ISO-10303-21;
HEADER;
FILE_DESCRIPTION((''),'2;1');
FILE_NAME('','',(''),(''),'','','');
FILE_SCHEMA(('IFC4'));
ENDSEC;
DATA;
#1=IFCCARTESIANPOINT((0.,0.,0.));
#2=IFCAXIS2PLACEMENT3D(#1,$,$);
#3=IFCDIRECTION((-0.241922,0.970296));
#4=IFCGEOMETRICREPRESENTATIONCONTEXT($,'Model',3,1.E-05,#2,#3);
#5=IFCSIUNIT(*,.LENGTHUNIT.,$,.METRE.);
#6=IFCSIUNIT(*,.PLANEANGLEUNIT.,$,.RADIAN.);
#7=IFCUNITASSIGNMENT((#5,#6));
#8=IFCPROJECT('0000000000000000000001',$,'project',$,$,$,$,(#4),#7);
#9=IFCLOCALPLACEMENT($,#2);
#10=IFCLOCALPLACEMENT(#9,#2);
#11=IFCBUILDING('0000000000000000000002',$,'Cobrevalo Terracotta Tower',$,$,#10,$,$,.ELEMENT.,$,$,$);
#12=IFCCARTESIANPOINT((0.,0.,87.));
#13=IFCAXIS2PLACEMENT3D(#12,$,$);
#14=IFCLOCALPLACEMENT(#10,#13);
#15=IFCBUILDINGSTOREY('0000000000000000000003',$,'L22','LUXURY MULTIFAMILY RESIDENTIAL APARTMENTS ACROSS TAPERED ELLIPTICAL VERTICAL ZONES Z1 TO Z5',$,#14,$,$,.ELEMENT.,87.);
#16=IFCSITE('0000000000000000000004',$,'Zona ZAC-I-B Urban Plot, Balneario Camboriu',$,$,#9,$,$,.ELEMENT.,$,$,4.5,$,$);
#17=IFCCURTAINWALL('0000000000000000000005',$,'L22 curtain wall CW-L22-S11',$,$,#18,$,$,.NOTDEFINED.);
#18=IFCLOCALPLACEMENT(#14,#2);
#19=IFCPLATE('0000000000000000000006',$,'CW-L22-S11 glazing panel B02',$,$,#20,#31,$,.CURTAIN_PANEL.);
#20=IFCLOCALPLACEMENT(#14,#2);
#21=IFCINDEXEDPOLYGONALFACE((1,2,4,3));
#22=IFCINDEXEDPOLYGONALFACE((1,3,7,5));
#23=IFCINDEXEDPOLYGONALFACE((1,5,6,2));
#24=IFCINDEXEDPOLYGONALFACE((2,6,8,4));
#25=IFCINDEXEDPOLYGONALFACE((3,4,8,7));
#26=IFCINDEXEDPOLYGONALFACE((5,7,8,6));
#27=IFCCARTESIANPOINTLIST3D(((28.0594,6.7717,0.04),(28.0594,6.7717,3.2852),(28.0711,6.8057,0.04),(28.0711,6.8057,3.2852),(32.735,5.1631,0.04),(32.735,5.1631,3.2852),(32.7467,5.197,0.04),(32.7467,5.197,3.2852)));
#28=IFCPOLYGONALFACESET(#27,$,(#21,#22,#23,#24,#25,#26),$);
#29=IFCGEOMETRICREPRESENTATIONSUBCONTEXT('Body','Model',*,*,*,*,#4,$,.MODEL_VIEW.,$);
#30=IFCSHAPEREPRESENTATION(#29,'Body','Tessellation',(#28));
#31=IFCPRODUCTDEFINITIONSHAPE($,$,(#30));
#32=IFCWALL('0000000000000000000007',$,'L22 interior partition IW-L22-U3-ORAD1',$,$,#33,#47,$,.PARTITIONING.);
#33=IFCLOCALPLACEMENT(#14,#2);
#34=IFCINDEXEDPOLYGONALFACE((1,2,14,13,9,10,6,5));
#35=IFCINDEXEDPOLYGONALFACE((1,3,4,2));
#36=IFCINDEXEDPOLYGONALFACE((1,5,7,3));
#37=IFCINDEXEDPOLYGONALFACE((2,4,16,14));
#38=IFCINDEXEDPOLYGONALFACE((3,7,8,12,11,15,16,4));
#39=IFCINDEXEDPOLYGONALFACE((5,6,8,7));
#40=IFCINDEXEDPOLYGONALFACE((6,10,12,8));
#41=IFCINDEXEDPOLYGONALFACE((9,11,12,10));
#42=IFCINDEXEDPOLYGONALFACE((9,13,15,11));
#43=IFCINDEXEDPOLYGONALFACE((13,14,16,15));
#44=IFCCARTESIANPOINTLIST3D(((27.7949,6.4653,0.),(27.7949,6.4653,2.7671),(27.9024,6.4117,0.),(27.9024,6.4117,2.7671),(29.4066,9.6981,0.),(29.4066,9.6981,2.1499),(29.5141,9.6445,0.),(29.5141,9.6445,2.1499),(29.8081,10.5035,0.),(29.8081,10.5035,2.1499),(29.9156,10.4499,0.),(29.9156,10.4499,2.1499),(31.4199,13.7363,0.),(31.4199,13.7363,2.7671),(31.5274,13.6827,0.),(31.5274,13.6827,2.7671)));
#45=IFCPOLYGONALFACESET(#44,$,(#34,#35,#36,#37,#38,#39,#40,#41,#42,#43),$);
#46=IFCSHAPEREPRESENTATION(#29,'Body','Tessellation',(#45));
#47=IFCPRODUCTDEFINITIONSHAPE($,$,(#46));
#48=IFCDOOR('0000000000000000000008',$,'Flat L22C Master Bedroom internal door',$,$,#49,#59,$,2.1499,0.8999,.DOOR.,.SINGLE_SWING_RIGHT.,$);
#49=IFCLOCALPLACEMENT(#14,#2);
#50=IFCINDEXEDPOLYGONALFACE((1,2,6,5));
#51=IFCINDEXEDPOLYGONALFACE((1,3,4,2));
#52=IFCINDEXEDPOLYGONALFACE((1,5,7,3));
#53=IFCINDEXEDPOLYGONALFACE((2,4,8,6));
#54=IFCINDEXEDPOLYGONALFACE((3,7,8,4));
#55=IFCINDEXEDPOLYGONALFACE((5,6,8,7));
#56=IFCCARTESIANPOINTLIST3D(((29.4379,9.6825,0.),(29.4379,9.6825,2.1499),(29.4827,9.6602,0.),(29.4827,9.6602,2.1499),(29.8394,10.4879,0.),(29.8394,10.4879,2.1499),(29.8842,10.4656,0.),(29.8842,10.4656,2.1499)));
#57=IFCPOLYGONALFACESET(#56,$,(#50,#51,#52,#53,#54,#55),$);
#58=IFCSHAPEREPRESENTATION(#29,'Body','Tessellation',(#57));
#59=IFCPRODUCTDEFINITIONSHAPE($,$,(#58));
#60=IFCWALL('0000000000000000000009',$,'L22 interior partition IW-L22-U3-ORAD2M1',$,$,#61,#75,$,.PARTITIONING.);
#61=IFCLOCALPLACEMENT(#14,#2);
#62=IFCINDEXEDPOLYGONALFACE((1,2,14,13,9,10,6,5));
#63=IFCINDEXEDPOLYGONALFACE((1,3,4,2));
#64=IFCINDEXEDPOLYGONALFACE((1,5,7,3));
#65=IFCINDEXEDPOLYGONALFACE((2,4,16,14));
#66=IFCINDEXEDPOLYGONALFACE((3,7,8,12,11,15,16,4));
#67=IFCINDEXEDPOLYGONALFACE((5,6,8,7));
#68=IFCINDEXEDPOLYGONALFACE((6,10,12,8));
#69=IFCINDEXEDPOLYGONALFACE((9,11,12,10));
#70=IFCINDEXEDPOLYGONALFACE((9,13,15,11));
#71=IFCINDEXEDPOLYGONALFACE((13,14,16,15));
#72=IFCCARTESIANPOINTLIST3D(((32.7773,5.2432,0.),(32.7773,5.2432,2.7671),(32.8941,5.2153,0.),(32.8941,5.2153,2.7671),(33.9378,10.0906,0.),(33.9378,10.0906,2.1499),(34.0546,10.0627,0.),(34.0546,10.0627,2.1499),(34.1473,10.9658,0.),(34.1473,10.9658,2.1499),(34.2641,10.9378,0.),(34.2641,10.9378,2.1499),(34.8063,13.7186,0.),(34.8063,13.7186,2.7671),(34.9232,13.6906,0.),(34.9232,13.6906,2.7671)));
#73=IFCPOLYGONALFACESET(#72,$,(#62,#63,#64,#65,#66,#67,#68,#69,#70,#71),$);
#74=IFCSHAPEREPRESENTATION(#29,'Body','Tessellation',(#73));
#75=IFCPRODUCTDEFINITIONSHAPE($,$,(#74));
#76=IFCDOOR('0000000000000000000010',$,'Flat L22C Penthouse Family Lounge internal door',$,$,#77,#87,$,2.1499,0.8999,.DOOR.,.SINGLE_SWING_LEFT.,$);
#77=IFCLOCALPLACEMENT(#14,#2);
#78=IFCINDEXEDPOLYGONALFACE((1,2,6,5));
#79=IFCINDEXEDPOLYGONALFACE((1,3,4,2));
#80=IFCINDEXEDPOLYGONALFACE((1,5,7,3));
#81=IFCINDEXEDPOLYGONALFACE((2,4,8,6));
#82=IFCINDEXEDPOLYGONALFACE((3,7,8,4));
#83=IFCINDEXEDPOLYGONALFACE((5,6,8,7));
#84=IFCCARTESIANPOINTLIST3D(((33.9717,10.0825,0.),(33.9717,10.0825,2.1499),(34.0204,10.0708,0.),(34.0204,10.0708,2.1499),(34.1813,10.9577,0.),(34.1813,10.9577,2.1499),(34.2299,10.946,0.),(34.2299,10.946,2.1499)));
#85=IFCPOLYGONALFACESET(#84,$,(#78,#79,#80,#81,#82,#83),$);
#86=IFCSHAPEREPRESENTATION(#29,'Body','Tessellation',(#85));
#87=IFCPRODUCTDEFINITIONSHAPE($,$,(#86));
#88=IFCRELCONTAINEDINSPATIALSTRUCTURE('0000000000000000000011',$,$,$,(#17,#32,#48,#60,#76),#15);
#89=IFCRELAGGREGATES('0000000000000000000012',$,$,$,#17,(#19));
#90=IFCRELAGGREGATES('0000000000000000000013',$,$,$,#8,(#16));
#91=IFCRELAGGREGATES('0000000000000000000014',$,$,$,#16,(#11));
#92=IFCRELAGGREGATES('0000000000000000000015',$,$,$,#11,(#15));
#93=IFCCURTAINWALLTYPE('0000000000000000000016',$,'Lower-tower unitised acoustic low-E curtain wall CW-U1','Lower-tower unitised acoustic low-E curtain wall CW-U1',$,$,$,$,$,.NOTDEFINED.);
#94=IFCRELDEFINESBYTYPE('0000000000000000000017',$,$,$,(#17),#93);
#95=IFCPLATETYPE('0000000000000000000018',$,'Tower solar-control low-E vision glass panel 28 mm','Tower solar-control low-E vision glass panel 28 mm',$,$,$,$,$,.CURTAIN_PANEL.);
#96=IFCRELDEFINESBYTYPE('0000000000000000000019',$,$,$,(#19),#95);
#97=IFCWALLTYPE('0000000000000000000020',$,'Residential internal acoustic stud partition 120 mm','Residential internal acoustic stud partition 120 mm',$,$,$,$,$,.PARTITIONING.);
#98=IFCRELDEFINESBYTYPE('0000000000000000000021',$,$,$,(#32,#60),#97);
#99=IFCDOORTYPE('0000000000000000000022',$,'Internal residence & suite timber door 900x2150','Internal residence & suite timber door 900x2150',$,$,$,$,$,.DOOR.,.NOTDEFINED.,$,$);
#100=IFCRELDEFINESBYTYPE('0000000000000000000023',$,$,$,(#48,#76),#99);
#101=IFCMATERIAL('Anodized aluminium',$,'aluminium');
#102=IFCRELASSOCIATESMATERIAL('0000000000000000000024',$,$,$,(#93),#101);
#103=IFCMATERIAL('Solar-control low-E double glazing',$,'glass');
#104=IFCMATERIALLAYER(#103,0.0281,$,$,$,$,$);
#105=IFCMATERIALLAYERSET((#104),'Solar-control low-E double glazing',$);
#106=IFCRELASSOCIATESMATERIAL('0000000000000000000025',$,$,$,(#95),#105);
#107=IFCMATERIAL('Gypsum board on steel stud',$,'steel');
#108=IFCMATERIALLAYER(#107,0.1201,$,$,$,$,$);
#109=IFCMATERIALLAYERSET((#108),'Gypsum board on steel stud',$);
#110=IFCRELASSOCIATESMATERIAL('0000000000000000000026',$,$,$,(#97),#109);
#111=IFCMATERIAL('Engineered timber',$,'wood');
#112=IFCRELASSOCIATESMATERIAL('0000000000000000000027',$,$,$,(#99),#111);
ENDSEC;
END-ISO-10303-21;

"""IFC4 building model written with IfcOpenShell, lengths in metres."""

from ifc_helpers import new_model, si_unit, direction, frame, frame_2d, origin, origin_2d, place, context, subcontext, project, spatial, rectangle, extrude, source, transform, mapped, material, layer, layer_set, type_object, element, fill, aggregate, save


model = new_model("IFC4")

# Units and contexts
model_context = context("Model", 3, precision=1e-05, world=origin(), true_north=direction((-0.241922, 0.970296)))
body_context = subcontext(model_context, "Body", "Model", "MODEL_VIEW")
ifc_project = project(units=[si_unit("LENGTHUNIT", "METRE"), si_unit("PLANEANGLEUNIT", "RADIAN")], contexts=[model_context])

# Site, building, storey
site_placement = place(None, origin())
site = spatial("IfcSite", under=ifc_project, at=site_placement, Name="Zona ZAC-I-B Urban Plot, Balneario Camboriu", CompositionType="ELEMENT", RefElevation=4.5)
building_placement = place(site_placement, origin())
building = spatial("IfcBuilding", under=site, at=building_placement, Name="Cobrevalo Terracotta Tower", CompositionType="ELEMENT")
storey_placement = place(building_placement, frame((0.0, 0.0, 87.0)))
storey = spatial("IfcBuildingStorey", under=building, at=storey_placement, Name="L22", Description="LUXURY MULTIFAMILY RESIDENTIAL APARTMENTS ACROSS TAPERED ELLIPTICAL VERTICAL ZONES Z1 TO Z5", CompositionType="ELEMENT", Elevation=87.0)

# Curtain wall
ifc_material_1 = material(Name="Anodized aluminium", Category="aluminium")
curtain_wall_type = type_object("IfcCurtainWallType", Name="Lower-tower unitised acoustic low-E curtain wall CW-U1", Description="Lower-tower unitised acoustic low-E curtain wall CW-U1", PredefinedType="NOTDEFINED", material=ifc_material_1)
curtain_wall_1_placement = place(storey_placement, origin())
curtain_wall_1 = element("IfcCurtainWall", 1, at=curtain_wall_1_placement, inside=storey, type_object=curtain_wall_type, Name="L22 curtain wall CW-L22-S11", PredefinedType="NOTDEFINED")

# Plate
ifc_material_2 = material(Name="Solar-control low-E double glazing", Category="glass")
ifc_layer_1 = layer(ifc_material_2, 0.0281)
ifc_layer_set_1 = layer_set([ifc_layer_1], Name="Solar-control low-E double glazing")
plate_type = type_object("IfcPlateType", Name="Tower solar-control low-E vision glass panel 28 mm", Description="Tower solar-control low-E vision glass panel 28 mm", PredefinedType="CURTAIN_PANEL", material=ifc_layer_set_1)
shared_shape_1 = source(origin(), body_context, "Body", "SweptSolid", [
    extrude(rectangle(XDim=4.9446, YDim=0.0359, at=origin_2d()), origin(), (0.0, 0.0, 1.0), 3.2451),
])
plate_1_placement = place(storey_placement, frame((30.4031, 5.9844, 0.04), z_axis=(0.0, 0.0, 1.0), x_axis=(0.945596, -0.325342, 0.0)))
plate_1 = element("IfcPlate", 2, at=plate_1_placement, type_object=plate_type, Name="CW-L22-S11 glazing panel B02", PredefinedType="CURTAIN_PANEL", context=body_context, shape_type="MappedRepresentation", body=[
    mapped(shared_shape_1, transform((0.0, 0.0, 0.0), scale=1.0)),
])
aggregate(curtain_wall_1, [plate_1])

# Walls, openings, doors
ifc_material_3 = material(Name="Gypsum board on steel stud", Category="steel")
ifc_layer_2 = layer(ifc_material_3, 0.1201)
ifc_layer_set_2 = layer_set([ifc_layer_2], Name="Gypsum board on steel stud")
wall_type = type_object("IfcWallType", Name="Residential internal acoustic stud partition 120 mm", Description="Residential internal acoustic stud partition 120 mm", PredefinedType="PARTITIONING", material=ifc_layer_set_2)
wall_1_placement = place(storey_placement, frame((31.4736, 13.7095, 0.0), z_axis=(0.0, 0.0, 1.0), x_axis=(-0.44618, -0.894943, 0.0)))
wall_1 = element("IfcWall", 3, at=wall_1_placement, inside=storey, type_object=wall_type, Name="L22 interior partition IW-L22-U3-ORAD1", PredefinedType="PARTITIONING", context=body_context, shape_type="SweptSolid", body=[
    extrude(rectangle(XDim=8.1245, YDim=0.1201, at=frame_2d((4.0623, 0.0))), origin(), (0.0, 0.0, 1.0), 2.7671),
])
opening_1_placement = place(wall_1_placement, frame((3.6123, 0.0, 0.0)))
opening_1 = element("IfcOpeningElement", 4, at=opening_1_placement, cuts=wall_1, PredefinedType="OPENING", context=body_context, shape_type="SweptSolid", body=[
    extrude(rectangle(XDim=0.8999, YDim=2.1499, at=frame_2d((0.45, 1.075))), frame((0.0, 0.0701, 0.0), z_axis=(0.0, -1.0, 0.0), x_axis=(1.0, 0.0, 0.0)), (0.0, 0.0, 1.0), 0.1401),
])
ifc_material_4 = material(Name="Engineered timber", Category="wood")
door_type = type_object("IfcDoorType", Name="Internal residence & suite timber door 900x2150", Description="Internal residence & suite timber door 900x2150", OperationType="NOTDEFINED", PredefinedType="DOOR", material=ifc_material_4)
shared_shape_2 = source(origin(), body_context, "Body", "SweptSolid", [
    extrude(rectangle(XDim=0.8999, YDim=2.1499, at=frame_2d((0.45, 1.075))), frame((0.0, 0.0249, 0.0), z_axis=(0.0, -1.0, 0.0), x_axis=(1.0, 0.0, 0.0)), (0.0, 0.0, 1.0), 0.05),
])
door_1_placement = place(opening_1_placement, origin())
door_1 = element("IfcDoor", 5, at=door_1_placement, inside=storey, type_object=door_type, Name="Flat L22C Master Bedroom internal door", OperationType="SINGLE_SWING_RIGHT", OverallHeight=2.1499, OverallWidth=0.8999, PredefinedType="DOOR", context=body_context, shape_type="MappedRepresentation", body=[
    mapped(shared_shape_2, transform((0.0, 0.0, 0.0), scale=1.0)),
])
fill(opening_1, door_1)
wall_2_placement = place(storey_placement, frame((34.8647, 13.7046, 0.0), z_axis=(0.0, 0.0, 1.0), x_axis=(-0.232827, -0.972518, 0.0)))
wall_2 = element("IfcWall", 6, at=wall_2_placement, inside=storey, type_object=wall_type, Name="L22 interior partition IW-L22-U3-ORAD2M1", PredefinedType="PARTITIONING", context=body_context, shape_type="SweptSolid", body=[
    extrude(rectangle(XDim=8.7148, YDim=0.1201, at=frame_2d((4.3574, 0.0))), origin(), (0.0, 0.0, 1.0), 2.7671),
])
opening_2_placement = place(wall_2_placement, frame((2.8306, 0.0, 0.0)))
opening_2 = element("IfcOpeningElement", 7, at=opening_2_placement, cuts=wall_2, PredefinedType="OPENING", context=body_context, shape_type="SweptSolid", body=[
    extrude(rectangle(XDim=0.8999, YDim=2.1499, at=frame_2d((0.45, 1.075))), frame((0.0, 0.0701, 0.0), z_axis=(0.0, -1.0, 0.0), x_axis=(1.0, 0.0, 0.0)), (0.0, 0.0, 1.0), 0.1401),
])
door_2_placement = place(opening_2_placement, origin())
door_2 = element("IfcDoor", 8, at=door_2_placement, inside=storey, type_object=door_type, Name="Flat L22C Penthouse Family Lounge internal door", OperationType="SINGLE_SWING_LEFT", OverallHeight=2.1499, OverallWidth=0.8999, PredefinedType="DOOR", context=body_context, shape_type="MappedRepresentation", body=[
    mapped(shared_shape_2, transform((0.0, 0.0, 0.0), scale=1.0)),
])
fill(opening_2, door_2)

save(model, "model.ifc")
